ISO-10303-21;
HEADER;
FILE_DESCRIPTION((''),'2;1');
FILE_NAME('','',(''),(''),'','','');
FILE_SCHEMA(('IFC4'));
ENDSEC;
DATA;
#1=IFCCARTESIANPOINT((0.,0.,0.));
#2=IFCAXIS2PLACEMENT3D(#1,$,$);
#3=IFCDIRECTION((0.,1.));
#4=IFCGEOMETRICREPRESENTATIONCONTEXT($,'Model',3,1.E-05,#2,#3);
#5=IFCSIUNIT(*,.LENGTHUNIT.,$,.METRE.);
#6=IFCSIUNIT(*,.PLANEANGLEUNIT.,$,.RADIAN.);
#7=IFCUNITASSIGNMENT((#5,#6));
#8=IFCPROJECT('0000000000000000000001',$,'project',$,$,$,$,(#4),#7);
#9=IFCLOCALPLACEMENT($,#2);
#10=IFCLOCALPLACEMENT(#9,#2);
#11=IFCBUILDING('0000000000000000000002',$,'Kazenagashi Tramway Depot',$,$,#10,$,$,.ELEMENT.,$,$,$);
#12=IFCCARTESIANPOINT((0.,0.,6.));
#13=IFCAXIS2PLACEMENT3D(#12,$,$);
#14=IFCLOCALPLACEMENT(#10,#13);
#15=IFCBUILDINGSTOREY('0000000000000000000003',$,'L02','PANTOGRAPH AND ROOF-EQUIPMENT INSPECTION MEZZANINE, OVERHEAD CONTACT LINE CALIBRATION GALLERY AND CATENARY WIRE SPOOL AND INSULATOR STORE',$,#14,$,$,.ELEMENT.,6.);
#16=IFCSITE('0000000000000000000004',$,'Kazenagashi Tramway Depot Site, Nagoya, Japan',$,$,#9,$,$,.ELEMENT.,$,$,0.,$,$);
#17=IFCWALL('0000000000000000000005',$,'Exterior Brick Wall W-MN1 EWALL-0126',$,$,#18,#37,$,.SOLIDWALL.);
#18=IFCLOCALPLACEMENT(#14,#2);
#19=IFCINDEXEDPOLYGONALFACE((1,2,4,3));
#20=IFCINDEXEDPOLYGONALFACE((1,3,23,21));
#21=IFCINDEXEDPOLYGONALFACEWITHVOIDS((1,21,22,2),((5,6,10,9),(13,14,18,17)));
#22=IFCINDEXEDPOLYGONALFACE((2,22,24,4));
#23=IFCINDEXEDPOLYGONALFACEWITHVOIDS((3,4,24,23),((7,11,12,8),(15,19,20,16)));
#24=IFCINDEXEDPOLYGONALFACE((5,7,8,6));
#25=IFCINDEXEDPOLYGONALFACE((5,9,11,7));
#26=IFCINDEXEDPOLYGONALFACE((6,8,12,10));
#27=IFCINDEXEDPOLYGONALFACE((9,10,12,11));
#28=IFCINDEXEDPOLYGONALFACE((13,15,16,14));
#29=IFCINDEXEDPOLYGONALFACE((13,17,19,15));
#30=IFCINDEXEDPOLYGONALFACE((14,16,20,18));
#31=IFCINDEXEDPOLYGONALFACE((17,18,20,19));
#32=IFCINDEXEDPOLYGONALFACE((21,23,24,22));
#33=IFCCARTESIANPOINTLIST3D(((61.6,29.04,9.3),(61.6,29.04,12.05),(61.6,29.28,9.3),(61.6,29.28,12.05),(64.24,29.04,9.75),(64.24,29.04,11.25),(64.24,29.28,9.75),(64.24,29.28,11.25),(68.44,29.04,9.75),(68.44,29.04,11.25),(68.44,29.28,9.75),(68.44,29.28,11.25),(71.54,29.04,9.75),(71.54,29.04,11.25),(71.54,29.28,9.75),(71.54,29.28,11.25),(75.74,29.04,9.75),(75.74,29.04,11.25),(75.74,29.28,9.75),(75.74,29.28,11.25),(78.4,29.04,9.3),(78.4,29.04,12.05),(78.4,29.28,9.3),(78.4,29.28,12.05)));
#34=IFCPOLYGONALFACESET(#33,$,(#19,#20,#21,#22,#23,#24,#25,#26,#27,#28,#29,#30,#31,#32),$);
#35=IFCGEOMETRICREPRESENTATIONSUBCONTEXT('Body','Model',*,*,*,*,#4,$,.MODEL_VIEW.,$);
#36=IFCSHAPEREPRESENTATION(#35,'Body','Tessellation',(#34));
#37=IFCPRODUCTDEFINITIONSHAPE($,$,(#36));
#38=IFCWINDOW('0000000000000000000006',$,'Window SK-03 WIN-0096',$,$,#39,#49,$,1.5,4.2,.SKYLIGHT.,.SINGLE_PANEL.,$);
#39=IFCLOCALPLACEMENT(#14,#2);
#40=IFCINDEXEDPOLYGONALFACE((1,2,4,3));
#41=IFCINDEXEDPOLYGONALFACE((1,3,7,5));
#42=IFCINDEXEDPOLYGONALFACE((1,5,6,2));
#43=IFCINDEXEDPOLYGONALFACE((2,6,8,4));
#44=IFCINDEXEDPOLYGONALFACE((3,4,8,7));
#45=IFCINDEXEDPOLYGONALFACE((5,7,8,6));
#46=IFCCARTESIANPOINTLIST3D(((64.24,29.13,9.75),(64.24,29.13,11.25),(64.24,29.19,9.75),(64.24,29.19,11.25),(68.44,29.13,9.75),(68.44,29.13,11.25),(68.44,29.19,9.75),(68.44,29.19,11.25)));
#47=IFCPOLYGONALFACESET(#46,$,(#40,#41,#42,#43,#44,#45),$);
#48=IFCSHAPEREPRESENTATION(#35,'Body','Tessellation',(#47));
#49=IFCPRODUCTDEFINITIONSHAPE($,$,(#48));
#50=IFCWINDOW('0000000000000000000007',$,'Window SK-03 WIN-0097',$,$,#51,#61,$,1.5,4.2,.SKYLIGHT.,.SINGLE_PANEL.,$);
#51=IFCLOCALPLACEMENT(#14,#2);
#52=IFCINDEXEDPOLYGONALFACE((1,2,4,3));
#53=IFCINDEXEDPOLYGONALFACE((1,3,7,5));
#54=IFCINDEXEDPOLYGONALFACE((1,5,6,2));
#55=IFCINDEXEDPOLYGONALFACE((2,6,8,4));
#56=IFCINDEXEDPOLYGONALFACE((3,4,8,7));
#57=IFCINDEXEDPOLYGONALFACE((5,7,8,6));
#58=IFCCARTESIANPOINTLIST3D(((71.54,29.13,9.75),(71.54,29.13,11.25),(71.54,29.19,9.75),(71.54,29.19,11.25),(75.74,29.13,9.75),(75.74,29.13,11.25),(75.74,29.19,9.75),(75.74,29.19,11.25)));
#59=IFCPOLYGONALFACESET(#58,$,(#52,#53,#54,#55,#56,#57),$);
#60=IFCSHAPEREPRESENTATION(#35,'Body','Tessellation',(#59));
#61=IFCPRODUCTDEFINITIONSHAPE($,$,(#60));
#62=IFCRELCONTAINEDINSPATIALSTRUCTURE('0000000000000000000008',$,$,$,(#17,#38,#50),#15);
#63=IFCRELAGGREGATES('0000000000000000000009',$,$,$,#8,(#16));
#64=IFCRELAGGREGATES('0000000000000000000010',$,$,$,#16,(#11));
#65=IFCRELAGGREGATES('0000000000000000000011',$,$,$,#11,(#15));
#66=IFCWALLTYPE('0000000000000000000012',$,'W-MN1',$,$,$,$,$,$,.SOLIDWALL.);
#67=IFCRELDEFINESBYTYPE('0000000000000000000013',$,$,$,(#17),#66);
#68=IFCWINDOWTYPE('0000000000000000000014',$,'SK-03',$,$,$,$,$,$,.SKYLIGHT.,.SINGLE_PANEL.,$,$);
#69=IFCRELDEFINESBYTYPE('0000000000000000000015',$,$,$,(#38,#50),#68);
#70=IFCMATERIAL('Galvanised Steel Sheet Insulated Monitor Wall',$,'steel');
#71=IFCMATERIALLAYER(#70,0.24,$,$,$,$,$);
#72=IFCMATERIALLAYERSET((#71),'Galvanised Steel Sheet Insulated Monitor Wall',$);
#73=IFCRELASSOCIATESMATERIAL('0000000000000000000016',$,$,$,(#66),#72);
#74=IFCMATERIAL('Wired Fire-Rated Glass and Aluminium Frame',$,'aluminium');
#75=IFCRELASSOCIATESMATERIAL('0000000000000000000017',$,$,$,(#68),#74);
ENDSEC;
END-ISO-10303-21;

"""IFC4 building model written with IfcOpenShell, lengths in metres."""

from ifc_helpers import new_model, si_unit, direction, frame, frame_2d, origin, place, context, subcontext, project, spatial, rectangle, extrude, material, layer, layer_set, type_object, element, fill, save


model = new_model("IFC4")

# Units and contexts
model_context = context("Model", 3, precision=1e-05, world=origin(), true_north=direction((0.0, 1.0)))
body_context = subcontext(model_context, "Body", "Model", "MODEL_VIEW")
ifc_project = project(units=[si_unit("LENGTHUNIT", "METRE"), si_unit("PLANEANGLEUNIT", "RADIAN")], contexts=[model_context])

# Site, building, storey
site_placement = place(None, origin())
site = spatial("IfcSite", under=ifc_project, at=site_placement, Name="Kazenagashi Tramway Depot Site, Nagoya, Japan", CompositionType="ELEMENT", RefElevation=0.0)
building_placement = place(site_placement, origin())
building = spatial("IfcBuilding", under=site, at=building_placement, Name="Kazenagashi Tramway Depot", CompositionType="ELEMENT")
storey_placement = place(building_placement, frame((0.0, 0.0, 6.0)))
storey = spatial("IfcBuildingStorey", under=building, at=storey_placement, Name="L02", Description="PANTOGRAPH AND ROOF-EQUIPMENT INSPECTION MEZZANINE, OVERHEAD CONTACT LINE CALIBRATION GALLERY AND CATENARY WIRE SPOOL AND INSULATOR STORE", CompositionType="ELEMENT", Elevation=6.0)

# Wall, openings, windows
ifc_material_1 = material(Name="Galvanised Steel Sheet Insulated Monitor Wall", Category="steel")
ifc_layer = layer(ifc_material_1, 0.24)
ifc_layer_set = layer_set([ifc_layer], Name="Galvanised Steel Sheet Insulated Monitor Wall")
wall_type = type_object("IfcWallType", Name="W-MN1", PredefinedType="SOLIDWALL", material=ifc_layer_set)
wall_placement = place(storey_placement, frame((61.6, 29.16, 9.3), z_axis=(0.0, 0.0, 1.0), x_axis=(1.0, 0.0, 0.0)))
wall = element("IfcWall", 1, at=wall_placement, inside=storey, type_object=wall_type, Name="Exterior Brick Wall W-MN1 EWALL-0126", PredefinedType="SOLIDWALL", context=body_context, shape_type="SweptSolid", body=[
    extrude(rectangle(XDim=16.8, YDim=0.24, at=frame_2d((8.4, 0.0))), origin(), (0.0, 0.0, 1.0), 2.75),
])
opening_1_placement = place(wall_placement, frame((2.64, 0.0, 0.45)))
opening_1 = element("IfcOpeningElement", 2, at=opening_1_placement, cuts=wall, PredefinedType="OPENING", context=body_context, shape_type="SweptSolid", body=[
    extrude(rectangle(XDim=4.2, YDim=1.5, at=frame_2d((2.1, 0.75))), frame((0.0, 0.13, 0.0), z_axis=(0.0, -1.0, 0.0), x_axis=(1.0, 0.0, 0.0)), (0.0, 0.0, 1.0), 0.26),
])
opening_2_placement = place(wall_placement, frame((9.94, 0.0, 0.45)))
opening_2 = element("IfcOpeningElement", 3, at=opening_2_placement, cuts=wall, PredefinedType="OPENING", context=body_context, shape_type="SweptSolid", body=[
    extrude(rectangle(XDim=4.2, YDim=1.5, at=frame_2d((2.1, 0.75))), frame((0.0, 0.13, 0.0), z_axis=(0.0, -1.0, 0.0), x_axis=(1.0, 0.0, 0.0)), (0.0, 0.0, 1.0), 0.26),
])
ifc_material_2 = material(Name="Wired Fire-Rated Glass and Aluminium Frame", Category="aluminium")
window_type = type_object("IfcWindowType", Name="SK-03", PartitioningType="SINGLE_PANEL", PredefinedType="SKYLIGHT", material=ifc_material_2)
window_1_placement = place(opening_1_placement, origin())
window_1 = element("IfcWindow", 4, at=window_1_placement, inside=storey, type_object=window_type, Name="Window SK-03 WIN-0096", OverallHeight=1.5, OverallWidth=4.2, PartitioningType="SINGLE_PANEL", PredefinedType="SKYLIGHT", context=body_context, shape_type="SweptSolid", body=[
    extrude(rectangle(XDim=4.2, YDim=1.5, at=frame_2d((2.1, 0.75))), frame((0.0, 0.03, 0.0), z_axis=(0.0, -1.0, 0.0), x_axis=(1.0, 0.0, 0.0)), (0.0, 0.0, 1.0), 0.06),
])
fill(opening_1, window_1)
window_2_placement = place(opening_2_placement, origin())
window_2 = element("IfcWindow", 5, at=window_2_placement, inside=storey, type_object=window_type, Name="Window SK-03 WIN-0097", OverallHeight=1.5, OverallWidth=4.2, PartitioningType="SINGLE_PANEL", PredefinedType="SKYLIGHT", context=body_context, shape_type="SweptSolid", body=[
    extrude(rectangle(XDim=4.2, YDim=1.5, at=frame_2d((2.1, 0.75))), frame((0.0, 0.03, 0.0), z_axis=(0.0, -1.0, 0.0), x_axis=(1.0, 0.0, 0.0)), (0.0, 0.0, 1.0), 0.06),
])
fill(opening_2, window_2)

save(model, "model.ifc")
